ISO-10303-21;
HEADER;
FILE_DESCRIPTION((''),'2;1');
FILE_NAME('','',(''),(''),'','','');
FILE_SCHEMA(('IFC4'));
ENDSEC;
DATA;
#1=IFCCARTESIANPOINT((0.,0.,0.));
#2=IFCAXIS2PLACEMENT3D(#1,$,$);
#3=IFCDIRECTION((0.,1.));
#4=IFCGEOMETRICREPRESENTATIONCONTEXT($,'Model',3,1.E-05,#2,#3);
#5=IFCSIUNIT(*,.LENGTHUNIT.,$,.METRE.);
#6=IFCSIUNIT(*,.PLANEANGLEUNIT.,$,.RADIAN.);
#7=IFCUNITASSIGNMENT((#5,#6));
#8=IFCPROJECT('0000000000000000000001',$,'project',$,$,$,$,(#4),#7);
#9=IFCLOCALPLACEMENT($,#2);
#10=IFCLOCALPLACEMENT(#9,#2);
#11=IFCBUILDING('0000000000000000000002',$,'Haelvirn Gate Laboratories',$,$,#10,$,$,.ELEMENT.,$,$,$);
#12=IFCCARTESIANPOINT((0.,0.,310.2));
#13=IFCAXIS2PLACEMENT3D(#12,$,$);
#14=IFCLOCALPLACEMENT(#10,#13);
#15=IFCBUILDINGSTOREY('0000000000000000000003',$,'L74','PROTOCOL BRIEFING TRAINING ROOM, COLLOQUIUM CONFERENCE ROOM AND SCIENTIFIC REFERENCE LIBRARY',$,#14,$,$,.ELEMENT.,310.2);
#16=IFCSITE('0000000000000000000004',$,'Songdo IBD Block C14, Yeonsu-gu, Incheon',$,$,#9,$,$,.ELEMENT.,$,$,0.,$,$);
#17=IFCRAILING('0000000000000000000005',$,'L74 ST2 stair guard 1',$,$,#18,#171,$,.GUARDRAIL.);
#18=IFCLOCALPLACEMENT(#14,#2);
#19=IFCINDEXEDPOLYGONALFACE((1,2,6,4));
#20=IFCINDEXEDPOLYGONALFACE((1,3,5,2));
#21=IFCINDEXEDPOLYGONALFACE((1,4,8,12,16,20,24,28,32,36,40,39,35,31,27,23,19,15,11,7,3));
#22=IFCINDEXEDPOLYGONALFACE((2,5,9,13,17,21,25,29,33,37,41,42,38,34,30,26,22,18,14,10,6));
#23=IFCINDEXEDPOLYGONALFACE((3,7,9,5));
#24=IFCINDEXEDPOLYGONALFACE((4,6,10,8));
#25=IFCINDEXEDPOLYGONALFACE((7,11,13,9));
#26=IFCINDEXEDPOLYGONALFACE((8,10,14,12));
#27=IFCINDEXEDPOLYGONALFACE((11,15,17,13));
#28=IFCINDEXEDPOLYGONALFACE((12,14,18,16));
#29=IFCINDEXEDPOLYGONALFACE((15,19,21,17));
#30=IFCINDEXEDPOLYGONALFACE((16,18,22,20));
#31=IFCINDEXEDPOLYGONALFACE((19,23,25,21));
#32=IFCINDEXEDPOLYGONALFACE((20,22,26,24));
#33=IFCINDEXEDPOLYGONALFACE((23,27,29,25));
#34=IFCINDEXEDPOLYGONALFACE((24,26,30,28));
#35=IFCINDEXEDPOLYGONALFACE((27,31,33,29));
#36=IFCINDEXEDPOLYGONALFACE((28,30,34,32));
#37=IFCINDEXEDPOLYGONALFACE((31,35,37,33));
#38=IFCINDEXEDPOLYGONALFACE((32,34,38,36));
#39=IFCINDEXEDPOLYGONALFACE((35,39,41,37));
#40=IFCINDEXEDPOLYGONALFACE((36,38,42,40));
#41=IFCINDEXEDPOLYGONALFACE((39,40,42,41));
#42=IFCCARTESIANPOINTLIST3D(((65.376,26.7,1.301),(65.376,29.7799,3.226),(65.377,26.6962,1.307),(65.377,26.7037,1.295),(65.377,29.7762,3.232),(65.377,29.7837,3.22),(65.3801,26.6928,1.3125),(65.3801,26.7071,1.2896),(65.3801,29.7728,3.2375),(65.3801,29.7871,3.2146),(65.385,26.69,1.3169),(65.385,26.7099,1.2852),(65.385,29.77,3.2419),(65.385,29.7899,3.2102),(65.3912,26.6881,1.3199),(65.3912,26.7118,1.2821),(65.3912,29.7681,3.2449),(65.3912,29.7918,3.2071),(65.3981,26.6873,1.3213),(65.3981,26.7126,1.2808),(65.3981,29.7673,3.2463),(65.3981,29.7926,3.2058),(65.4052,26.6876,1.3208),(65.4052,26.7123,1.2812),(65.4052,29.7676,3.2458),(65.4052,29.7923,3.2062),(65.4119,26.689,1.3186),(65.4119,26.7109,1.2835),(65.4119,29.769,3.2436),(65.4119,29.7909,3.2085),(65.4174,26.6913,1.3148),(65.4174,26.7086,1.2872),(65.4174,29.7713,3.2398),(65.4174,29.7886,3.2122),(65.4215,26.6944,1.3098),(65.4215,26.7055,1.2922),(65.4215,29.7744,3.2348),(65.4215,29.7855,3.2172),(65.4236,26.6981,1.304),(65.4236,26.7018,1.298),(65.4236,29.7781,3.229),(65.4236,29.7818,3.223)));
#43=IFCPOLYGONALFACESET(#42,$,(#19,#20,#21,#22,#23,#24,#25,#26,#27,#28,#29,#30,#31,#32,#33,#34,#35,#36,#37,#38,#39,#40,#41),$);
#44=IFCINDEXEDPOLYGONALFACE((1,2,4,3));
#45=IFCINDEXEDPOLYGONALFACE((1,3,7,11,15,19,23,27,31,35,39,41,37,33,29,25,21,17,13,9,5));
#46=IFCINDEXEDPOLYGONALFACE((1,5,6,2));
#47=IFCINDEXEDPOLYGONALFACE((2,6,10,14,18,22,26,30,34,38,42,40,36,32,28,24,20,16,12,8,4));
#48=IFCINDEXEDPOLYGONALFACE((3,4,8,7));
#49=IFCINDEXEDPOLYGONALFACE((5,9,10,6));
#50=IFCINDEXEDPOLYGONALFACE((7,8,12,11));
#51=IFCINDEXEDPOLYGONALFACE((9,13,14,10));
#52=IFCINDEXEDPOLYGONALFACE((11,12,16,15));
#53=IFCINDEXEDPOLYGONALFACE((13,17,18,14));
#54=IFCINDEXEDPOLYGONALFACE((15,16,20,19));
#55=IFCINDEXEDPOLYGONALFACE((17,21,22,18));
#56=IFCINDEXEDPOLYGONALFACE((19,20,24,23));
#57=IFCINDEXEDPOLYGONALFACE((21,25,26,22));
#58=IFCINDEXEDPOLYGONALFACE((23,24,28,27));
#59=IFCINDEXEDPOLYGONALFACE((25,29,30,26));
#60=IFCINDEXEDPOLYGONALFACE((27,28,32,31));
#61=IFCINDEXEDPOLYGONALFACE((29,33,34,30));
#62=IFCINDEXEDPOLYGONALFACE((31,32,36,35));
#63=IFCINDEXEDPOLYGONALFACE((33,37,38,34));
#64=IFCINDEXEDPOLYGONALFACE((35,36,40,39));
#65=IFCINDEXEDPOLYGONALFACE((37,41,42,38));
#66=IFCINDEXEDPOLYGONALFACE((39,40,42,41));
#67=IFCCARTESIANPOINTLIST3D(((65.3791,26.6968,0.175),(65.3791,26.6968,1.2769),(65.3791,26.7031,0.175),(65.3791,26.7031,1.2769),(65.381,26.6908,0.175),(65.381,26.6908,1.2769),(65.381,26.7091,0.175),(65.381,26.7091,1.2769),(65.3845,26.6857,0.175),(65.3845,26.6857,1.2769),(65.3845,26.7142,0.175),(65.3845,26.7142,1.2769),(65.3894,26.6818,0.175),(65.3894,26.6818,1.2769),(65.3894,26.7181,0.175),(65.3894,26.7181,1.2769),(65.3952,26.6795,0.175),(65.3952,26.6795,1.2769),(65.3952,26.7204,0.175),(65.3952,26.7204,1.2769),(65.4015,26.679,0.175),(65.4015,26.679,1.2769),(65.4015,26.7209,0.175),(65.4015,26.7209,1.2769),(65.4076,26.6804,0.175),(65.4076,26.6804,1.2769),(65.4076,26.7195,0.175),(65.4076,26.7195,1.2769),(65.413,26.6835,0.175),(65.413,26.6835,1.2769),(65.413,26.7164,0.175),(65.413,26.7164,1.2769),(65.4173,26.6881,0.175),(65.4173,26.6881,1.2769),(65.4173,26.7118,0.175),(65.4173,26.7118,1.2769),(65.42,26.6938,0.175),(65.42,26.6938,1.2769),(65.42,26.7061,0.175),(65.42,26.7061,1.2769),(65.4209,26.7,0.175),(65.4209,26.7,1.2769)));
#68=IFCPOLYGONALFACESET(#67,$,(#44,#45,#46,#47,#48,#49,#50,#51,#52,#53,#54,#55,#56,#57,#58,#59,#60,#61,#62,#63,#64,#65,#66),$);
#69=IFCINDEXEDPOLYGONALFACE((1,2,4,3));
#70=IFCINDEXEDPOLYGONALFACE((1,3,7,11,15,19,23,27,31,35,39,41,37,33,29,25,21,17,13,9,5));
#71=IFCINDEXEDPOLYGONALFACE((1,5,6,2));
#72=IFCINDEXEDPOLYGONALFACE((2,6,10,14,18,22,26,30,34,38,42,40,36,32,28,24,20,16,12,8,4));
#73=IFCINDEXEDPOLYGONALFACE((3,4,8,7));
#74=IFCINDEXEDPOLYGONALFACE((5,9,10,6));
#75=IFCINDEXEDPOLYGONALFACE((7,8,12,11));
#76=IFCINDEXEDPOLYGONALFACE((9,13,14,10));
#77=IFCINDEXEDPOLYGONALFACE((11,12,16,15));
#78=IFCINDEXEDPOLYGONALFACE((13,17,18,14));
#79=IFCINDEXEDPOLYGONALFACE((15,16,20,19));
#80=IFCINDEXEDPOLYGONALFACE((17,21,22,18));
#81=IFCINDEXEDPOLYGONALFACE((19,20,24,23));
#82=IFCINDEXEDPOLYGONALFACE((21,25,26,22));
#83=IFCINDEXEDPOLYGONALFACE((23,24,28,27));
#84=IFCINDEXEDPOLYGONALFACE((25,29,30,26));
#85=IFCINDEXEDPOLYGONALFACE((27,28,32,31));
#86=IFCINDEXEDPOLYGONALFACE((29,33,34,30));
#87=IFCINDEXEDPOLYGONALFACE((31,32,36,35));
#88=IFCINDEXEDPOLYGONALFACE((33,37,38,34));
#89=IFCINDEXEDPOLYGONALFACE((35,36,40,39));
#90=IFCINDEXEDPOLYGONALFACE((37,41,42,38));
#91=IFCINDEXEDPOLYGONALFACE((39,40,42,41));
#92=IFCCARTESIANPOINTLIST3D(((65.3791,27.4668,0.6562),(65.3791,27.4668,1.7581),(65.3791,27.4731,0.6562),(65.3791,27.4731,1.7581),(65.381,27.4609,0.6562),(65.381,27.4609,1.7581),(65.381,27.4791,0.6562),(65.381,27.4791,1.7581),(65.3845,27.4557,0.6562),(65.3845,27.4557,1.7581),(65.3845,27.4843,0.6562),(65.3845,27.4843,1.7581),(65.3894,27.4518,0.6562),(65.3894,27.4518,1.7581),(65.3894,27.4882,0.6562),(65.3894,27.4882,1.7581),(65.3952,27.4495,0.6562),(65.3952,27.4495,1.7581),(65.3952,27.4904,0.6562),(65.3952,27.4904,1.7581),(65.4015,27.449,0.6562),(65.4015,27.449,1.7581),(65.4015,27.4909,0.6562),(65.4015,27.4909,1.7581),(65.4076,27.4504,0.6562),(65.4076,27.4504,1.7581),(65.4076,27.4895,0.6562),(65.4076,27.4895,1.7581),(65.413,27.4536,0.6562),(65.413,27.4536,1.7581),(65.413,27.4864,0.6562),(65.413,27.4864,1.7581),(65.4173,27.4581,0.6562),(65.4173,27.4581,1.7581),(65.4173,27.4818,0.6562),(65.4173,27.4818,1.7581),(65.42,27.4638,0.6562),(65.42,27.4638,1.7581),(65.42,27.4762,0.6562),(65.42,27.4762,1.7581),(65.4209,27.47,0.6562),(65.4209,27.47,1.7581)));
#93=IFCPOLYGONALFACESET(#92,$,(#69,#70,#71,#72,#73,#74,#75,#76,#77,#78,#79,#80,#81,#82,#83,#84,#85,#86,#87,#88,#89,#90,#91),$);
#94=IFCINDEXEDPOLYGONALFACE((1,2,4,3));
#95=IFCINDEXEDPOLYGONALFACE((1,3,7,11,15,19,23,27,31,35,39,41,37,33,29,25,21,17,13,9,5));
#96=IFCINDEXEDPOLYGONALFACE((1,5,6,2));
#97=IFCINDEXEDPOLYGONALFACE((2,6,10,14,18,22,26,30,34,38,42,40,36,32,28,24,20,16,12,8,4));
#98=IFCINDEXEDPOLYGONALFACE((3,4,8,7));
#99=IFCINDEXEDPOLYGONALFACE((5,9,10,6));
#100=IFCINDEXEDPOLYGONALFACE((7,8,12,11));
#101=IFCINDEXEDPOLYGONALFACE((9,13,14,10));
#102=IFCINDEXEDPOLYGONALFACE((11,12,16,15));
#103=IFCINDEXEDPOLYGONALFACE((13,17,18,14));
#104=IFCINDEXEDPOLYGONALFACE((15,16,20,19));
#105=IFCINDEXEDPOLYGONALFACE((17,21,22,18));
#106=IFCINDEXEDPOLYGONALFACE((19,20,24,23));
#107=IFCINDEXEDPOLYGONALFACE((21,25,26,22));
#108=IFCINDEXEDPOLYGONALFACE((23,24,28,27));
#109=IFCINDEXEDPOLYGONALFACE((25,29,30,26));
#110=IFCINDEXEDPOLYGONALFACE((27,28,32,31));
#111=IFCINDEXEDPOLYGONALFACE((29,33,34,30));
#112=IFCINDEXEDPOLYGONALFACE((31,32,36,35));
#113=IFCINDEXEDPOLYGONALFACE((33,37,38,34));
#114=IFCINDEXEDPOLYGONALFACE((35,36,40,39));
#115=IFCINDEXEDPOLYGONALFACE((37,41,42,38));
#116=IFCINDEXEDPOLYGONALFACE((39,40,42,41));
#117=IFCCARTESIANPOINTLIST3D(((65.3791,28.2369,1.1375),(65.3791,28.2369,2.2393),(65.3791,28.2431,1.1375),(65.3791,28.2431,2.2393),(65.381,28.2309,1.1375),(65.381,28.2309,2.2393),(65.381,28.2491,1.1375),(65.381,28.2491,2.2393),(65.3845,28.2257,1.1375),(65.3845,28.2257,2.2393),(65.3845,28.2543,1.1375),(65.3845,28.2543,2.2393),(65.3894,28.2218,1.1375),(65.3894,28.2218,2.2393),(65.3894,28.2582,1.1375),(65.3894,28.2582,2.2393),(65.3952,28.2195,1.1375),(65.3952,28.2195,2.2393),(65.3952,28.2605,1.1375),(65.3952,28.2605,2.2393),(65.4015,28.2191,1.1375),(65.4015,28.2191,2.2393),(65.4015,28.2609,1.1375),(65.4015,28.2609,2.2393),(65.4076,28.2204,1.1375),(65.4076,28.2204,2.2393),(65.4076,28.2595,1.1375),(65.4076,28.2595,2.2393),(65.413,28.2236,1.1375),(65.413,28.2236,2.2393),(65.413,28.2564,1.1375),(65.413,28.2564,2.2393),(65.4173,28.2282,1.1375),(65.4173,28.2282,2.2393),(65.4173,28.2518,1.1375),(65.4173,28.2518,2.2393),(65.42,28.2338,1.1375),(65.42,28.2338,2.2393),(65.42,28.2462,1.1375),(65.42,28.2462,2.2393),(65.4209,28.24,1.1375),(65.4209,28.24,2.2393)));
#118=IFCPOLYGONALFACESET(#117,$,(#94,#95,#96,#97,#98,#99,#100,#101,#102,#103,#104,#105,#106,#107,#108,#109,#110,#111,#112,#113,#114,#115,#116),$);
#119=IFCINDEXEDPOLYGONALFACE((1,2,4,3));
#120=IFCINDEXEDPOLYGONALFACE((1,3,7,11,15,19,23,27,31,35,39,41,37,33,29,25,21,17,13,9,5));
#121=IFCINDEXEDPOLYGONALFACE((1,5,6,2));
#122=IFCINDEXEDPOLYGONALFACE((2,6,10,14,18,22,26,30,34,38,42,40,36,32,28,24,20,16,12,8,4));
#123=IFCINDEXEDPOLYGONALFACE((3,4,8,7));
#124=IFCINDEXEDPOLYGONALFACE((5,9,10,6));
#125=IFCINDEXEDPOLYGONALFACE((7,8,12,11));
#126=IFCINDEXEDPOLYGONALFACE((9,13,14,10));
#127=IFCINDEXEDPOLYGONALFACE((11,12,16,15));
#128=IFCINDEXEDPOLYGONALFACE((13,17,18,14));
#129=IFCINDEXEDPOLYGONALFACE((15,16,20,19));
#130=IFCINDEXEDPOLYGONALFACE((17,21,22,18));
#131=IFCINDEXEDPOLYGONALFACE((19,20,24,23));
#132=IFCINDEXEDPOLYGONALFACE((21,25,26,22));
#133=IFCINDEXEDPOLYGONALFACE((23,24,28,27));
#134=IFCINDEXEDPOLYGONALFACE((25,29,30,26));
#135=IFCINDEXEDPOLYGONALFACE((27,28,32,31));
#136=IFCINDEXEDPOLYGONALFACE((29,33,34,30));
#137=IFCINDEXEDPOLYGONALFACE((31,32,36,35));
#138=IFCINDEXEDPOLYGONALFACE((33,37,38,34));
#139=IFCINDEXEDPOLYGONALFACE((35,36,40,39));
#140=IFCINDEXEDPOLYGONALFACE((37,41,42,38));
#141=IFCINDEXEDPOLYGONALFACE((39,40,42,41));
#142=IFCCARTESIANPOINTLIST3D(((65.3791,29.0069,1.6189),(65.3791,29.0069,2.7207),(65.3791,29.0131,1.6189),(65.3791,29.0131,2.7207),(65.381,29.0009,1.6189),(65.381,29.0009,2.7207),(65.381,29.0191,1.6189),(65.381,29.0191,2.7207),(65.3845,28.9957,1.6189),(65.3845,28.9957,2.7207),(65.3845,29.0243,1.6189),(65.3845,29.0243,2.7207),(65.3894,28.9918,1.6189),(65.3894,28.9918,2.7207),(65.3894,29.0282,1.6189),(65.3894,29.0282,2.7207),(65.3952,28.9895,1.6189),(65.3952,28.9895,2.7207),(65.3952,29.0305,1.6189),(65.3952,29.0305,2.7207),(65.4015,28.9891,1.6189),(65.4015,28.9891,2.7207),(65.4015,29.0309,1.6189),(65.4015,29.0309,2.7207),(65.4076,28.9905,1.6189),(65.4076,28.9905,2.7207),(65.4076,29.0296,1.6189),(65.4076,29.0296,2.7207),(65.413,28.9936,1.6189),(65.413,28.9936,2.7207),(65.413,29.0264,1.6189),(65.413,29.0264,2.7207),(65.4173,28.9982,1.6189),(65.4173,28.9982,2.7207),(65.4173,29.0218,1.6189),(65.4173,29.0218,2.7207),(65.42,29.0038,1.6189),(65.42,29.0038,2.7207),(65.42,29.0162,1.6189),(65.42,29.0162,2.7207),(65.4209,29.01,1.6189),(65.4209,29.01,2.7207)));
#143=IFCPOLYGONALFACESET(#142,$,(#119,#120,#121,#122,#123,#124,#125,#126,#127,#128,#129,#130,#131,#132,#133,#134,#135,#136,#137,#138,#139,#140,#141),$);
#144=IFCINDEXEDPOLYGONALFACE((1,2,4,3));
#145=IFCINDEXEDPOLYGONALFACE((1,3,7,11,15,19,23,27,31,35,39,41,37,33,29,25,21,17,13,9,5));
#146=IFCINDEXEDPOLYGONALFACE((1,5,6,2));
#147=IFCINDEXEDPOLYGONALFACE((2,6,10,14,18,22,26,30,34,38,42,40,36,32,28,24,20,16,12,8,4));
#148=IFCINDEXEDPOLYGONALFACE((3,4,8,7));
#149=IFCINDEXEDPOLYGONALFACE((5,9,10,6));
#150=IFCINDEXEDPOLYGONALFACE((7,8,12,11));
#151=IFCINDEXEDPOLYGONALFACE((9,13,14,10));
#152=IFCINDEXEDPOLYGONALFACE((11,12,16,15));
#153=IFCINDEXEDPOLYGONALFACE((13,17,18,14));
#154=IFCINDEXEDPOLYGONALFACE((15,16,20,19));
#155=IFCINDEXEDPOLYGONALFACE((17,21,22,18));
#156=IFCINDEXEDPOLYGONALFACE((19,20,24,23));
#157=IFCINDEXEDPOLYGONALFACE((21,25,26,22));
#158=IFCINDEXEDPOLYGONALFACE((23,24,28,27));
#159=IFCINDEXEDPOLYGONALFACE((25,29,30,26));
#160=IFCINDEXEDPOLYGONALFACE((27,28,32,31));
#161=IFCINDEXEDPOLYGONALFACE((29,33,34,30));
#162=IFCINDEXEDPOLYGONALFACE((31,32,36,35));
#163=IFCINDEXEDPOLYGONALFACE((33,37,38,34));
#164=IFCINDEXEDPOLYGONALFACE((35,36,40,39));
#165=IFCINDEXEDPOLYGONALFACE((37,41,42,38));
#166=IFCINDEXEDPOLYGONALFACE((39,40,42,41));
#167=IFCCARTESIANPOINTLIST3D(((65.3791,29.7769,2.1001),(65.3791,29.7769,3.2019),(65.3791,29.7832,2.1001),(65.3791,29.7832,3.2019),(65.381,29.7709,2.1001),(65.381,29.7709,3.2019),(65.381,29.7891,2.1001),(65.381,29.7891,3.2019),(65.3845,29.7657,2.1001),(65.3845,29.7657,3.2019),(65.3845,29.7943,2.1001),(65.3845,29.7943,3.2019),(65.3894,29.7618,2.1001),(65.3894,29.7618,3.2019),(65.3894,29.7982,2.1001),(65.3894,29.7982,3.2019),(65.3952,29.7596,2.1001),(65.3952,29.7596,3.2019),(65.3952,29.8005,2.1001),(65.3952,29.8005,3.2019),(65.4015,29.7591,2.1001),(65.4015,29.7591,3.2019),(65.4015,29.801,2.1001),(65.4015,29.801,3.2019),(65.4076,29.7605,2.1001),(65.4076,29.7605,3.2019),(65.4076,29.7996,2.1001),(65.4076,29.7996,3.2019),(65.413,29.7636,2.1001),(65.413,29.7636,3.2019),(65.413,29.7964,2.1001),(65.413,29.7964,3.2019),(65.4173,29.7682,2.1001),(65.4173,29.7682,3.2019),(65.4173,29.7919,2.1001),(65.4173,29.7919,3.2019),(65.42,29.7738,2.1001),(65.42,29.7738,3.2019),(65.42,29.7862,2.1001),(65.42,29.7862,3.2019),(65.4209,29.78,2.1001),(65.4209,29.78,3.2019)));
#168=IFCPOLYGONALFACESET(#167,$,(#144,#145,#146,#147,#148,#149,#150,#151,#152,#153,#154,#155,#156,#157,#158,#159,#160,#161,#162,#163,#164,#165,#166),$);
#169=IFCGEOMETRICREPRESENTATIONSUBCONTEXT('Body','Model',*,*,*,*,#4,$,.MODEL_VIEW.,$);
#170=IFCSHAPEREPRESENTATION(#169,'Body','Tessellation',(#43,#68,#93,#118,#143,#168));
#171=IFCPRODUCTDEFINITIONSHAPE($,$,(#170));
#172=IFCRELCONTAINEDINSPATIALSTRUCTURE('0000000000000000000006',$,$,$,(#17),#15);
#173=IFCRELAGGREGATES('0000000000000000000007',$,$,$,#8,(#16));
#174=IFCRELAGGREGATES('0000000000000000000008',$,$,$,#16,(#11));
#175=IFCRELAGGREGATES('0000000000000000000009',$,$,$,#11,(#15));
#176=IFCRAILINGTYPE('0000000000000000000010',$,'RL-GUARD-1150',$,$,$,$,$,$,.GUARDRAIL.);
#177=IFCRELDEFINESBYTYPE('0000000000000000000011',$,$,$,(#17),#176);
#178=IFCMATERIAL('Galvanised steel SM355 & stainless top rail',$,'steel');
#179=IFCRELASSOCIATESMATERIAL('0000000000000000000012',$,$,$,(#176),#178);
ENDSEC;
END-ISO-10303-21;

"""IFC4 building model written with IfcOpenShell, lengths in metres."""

from ifc_helpers import new_model, si_unit, direction, frame, origin, origin_2d, place, context, subcontext, project, spatial, circle, extrude, source, transform, mapped, material, type_object, element, save


model = new_model("IFC4")

# Units and contexts
model_context = context("Model", 3, precision=1e-05, world=origin(), true_north=direction((0.0, 1.0)))
body_context = subcontext(model_context, "Body", "Model", "MODEL_VIEW")
ifc_project = project(units=[si_unit("LENGTHUNIT", "METRE"), si_unit("PLANEANGLEUNIT", "RADIAN")], contexts=[model_context])

# Site, building, storey
site_placement = place(None, origin())
site = spatial("IfcSite", under=ifc_project, at=site_placement, Name="Songdo IBD Block C14, Yeonsu-gu, Incheon", CompositionType="ELEMENT", RefElevation=0.0)
building_placement = place(site_placement, origin())
building = spatial("IfcBuilding", under=site, at=building_placement, Name="Haelvirn Gate Laboratories", CompositionType="ELEMENT")
storey_placement = place(building_placement, frame((0.0, 0.0, 310.2)))
storey = spatial("IfcBuildingStorey", under=building, at=storey_placement, Name="L74", Description="PROTOCOL BRIEFING TRAINING ROOM, COLLOQUIUM CONFERENCE ROOM AND SCIENTIFIC REFERENCE LIBRARY", CompositionType="ELEMENT", Elevation=310.2)

# Railing
ifc_material_1 = material(Name="Galvanised steel SM355 & stainless top rail", Category="steel")
railing_type_1 = type_object("IfcRailingType", Name="RL-GUARD-1150", PredefinedType="GUARDRAIL", material=ifc_material_1)
shared_shape_1 = source(origin(), body_context, "Body", "SweptSolid", [
    extrude(circle(Radius=0.0239, at=origin_2d()), frame((0.0, 0.0, 1.126), z_axis=(0.0, 0.847998, 0.529999), x_axis=(-1.0, 0.0, 0.0)), (0.0, 0.0, 1.0), 3.6321),
    extrude(circle(Radius=0.021, at=origin_2d()), origin(), (0.0, 0.0, 1.0), 1.1018),
    extrude(circle(Radius=0.021, at=origin_2d()), frame((0.0, 0.77, 0.4812)), (0.0, 0.0, 1.0), 1.1018),
    extrude(circle(Radius=0.021, at=origin_2d()), frame((0.0, 1.54, 0.9624)), (0.0, 0.0, 1.0), 1.1018),
    extrude(circle(Radius=0.021, at=origin_2d()), frame((0.0, 2.3101, 1.4438)), (0.0, 0.0, 1.0), 1.1018),
    extrude(circle(Radius=0.021, at=origin_2d()), frame((0.0, 3.0801, 1.925)), (0.0, 0.0, 1.0), 1.1018),
])
railing_1_placement = place(storey_placement, frame((65.3999, 26.7, 0.175)))
element("IfcRailing", 1, at=railing_1_placement, inside=storey, type_object=railing_type_1, Name="L74 ST2 stair guard 1", PredefinedType="GUARDRAIL", context=body_context, shape_type="MappedRepresentation", body=[
    mapped(shared_shape_1, transform((0.0, 0.0, 0.0), scale=1.0)),
])

save(model, "model.ifc")
